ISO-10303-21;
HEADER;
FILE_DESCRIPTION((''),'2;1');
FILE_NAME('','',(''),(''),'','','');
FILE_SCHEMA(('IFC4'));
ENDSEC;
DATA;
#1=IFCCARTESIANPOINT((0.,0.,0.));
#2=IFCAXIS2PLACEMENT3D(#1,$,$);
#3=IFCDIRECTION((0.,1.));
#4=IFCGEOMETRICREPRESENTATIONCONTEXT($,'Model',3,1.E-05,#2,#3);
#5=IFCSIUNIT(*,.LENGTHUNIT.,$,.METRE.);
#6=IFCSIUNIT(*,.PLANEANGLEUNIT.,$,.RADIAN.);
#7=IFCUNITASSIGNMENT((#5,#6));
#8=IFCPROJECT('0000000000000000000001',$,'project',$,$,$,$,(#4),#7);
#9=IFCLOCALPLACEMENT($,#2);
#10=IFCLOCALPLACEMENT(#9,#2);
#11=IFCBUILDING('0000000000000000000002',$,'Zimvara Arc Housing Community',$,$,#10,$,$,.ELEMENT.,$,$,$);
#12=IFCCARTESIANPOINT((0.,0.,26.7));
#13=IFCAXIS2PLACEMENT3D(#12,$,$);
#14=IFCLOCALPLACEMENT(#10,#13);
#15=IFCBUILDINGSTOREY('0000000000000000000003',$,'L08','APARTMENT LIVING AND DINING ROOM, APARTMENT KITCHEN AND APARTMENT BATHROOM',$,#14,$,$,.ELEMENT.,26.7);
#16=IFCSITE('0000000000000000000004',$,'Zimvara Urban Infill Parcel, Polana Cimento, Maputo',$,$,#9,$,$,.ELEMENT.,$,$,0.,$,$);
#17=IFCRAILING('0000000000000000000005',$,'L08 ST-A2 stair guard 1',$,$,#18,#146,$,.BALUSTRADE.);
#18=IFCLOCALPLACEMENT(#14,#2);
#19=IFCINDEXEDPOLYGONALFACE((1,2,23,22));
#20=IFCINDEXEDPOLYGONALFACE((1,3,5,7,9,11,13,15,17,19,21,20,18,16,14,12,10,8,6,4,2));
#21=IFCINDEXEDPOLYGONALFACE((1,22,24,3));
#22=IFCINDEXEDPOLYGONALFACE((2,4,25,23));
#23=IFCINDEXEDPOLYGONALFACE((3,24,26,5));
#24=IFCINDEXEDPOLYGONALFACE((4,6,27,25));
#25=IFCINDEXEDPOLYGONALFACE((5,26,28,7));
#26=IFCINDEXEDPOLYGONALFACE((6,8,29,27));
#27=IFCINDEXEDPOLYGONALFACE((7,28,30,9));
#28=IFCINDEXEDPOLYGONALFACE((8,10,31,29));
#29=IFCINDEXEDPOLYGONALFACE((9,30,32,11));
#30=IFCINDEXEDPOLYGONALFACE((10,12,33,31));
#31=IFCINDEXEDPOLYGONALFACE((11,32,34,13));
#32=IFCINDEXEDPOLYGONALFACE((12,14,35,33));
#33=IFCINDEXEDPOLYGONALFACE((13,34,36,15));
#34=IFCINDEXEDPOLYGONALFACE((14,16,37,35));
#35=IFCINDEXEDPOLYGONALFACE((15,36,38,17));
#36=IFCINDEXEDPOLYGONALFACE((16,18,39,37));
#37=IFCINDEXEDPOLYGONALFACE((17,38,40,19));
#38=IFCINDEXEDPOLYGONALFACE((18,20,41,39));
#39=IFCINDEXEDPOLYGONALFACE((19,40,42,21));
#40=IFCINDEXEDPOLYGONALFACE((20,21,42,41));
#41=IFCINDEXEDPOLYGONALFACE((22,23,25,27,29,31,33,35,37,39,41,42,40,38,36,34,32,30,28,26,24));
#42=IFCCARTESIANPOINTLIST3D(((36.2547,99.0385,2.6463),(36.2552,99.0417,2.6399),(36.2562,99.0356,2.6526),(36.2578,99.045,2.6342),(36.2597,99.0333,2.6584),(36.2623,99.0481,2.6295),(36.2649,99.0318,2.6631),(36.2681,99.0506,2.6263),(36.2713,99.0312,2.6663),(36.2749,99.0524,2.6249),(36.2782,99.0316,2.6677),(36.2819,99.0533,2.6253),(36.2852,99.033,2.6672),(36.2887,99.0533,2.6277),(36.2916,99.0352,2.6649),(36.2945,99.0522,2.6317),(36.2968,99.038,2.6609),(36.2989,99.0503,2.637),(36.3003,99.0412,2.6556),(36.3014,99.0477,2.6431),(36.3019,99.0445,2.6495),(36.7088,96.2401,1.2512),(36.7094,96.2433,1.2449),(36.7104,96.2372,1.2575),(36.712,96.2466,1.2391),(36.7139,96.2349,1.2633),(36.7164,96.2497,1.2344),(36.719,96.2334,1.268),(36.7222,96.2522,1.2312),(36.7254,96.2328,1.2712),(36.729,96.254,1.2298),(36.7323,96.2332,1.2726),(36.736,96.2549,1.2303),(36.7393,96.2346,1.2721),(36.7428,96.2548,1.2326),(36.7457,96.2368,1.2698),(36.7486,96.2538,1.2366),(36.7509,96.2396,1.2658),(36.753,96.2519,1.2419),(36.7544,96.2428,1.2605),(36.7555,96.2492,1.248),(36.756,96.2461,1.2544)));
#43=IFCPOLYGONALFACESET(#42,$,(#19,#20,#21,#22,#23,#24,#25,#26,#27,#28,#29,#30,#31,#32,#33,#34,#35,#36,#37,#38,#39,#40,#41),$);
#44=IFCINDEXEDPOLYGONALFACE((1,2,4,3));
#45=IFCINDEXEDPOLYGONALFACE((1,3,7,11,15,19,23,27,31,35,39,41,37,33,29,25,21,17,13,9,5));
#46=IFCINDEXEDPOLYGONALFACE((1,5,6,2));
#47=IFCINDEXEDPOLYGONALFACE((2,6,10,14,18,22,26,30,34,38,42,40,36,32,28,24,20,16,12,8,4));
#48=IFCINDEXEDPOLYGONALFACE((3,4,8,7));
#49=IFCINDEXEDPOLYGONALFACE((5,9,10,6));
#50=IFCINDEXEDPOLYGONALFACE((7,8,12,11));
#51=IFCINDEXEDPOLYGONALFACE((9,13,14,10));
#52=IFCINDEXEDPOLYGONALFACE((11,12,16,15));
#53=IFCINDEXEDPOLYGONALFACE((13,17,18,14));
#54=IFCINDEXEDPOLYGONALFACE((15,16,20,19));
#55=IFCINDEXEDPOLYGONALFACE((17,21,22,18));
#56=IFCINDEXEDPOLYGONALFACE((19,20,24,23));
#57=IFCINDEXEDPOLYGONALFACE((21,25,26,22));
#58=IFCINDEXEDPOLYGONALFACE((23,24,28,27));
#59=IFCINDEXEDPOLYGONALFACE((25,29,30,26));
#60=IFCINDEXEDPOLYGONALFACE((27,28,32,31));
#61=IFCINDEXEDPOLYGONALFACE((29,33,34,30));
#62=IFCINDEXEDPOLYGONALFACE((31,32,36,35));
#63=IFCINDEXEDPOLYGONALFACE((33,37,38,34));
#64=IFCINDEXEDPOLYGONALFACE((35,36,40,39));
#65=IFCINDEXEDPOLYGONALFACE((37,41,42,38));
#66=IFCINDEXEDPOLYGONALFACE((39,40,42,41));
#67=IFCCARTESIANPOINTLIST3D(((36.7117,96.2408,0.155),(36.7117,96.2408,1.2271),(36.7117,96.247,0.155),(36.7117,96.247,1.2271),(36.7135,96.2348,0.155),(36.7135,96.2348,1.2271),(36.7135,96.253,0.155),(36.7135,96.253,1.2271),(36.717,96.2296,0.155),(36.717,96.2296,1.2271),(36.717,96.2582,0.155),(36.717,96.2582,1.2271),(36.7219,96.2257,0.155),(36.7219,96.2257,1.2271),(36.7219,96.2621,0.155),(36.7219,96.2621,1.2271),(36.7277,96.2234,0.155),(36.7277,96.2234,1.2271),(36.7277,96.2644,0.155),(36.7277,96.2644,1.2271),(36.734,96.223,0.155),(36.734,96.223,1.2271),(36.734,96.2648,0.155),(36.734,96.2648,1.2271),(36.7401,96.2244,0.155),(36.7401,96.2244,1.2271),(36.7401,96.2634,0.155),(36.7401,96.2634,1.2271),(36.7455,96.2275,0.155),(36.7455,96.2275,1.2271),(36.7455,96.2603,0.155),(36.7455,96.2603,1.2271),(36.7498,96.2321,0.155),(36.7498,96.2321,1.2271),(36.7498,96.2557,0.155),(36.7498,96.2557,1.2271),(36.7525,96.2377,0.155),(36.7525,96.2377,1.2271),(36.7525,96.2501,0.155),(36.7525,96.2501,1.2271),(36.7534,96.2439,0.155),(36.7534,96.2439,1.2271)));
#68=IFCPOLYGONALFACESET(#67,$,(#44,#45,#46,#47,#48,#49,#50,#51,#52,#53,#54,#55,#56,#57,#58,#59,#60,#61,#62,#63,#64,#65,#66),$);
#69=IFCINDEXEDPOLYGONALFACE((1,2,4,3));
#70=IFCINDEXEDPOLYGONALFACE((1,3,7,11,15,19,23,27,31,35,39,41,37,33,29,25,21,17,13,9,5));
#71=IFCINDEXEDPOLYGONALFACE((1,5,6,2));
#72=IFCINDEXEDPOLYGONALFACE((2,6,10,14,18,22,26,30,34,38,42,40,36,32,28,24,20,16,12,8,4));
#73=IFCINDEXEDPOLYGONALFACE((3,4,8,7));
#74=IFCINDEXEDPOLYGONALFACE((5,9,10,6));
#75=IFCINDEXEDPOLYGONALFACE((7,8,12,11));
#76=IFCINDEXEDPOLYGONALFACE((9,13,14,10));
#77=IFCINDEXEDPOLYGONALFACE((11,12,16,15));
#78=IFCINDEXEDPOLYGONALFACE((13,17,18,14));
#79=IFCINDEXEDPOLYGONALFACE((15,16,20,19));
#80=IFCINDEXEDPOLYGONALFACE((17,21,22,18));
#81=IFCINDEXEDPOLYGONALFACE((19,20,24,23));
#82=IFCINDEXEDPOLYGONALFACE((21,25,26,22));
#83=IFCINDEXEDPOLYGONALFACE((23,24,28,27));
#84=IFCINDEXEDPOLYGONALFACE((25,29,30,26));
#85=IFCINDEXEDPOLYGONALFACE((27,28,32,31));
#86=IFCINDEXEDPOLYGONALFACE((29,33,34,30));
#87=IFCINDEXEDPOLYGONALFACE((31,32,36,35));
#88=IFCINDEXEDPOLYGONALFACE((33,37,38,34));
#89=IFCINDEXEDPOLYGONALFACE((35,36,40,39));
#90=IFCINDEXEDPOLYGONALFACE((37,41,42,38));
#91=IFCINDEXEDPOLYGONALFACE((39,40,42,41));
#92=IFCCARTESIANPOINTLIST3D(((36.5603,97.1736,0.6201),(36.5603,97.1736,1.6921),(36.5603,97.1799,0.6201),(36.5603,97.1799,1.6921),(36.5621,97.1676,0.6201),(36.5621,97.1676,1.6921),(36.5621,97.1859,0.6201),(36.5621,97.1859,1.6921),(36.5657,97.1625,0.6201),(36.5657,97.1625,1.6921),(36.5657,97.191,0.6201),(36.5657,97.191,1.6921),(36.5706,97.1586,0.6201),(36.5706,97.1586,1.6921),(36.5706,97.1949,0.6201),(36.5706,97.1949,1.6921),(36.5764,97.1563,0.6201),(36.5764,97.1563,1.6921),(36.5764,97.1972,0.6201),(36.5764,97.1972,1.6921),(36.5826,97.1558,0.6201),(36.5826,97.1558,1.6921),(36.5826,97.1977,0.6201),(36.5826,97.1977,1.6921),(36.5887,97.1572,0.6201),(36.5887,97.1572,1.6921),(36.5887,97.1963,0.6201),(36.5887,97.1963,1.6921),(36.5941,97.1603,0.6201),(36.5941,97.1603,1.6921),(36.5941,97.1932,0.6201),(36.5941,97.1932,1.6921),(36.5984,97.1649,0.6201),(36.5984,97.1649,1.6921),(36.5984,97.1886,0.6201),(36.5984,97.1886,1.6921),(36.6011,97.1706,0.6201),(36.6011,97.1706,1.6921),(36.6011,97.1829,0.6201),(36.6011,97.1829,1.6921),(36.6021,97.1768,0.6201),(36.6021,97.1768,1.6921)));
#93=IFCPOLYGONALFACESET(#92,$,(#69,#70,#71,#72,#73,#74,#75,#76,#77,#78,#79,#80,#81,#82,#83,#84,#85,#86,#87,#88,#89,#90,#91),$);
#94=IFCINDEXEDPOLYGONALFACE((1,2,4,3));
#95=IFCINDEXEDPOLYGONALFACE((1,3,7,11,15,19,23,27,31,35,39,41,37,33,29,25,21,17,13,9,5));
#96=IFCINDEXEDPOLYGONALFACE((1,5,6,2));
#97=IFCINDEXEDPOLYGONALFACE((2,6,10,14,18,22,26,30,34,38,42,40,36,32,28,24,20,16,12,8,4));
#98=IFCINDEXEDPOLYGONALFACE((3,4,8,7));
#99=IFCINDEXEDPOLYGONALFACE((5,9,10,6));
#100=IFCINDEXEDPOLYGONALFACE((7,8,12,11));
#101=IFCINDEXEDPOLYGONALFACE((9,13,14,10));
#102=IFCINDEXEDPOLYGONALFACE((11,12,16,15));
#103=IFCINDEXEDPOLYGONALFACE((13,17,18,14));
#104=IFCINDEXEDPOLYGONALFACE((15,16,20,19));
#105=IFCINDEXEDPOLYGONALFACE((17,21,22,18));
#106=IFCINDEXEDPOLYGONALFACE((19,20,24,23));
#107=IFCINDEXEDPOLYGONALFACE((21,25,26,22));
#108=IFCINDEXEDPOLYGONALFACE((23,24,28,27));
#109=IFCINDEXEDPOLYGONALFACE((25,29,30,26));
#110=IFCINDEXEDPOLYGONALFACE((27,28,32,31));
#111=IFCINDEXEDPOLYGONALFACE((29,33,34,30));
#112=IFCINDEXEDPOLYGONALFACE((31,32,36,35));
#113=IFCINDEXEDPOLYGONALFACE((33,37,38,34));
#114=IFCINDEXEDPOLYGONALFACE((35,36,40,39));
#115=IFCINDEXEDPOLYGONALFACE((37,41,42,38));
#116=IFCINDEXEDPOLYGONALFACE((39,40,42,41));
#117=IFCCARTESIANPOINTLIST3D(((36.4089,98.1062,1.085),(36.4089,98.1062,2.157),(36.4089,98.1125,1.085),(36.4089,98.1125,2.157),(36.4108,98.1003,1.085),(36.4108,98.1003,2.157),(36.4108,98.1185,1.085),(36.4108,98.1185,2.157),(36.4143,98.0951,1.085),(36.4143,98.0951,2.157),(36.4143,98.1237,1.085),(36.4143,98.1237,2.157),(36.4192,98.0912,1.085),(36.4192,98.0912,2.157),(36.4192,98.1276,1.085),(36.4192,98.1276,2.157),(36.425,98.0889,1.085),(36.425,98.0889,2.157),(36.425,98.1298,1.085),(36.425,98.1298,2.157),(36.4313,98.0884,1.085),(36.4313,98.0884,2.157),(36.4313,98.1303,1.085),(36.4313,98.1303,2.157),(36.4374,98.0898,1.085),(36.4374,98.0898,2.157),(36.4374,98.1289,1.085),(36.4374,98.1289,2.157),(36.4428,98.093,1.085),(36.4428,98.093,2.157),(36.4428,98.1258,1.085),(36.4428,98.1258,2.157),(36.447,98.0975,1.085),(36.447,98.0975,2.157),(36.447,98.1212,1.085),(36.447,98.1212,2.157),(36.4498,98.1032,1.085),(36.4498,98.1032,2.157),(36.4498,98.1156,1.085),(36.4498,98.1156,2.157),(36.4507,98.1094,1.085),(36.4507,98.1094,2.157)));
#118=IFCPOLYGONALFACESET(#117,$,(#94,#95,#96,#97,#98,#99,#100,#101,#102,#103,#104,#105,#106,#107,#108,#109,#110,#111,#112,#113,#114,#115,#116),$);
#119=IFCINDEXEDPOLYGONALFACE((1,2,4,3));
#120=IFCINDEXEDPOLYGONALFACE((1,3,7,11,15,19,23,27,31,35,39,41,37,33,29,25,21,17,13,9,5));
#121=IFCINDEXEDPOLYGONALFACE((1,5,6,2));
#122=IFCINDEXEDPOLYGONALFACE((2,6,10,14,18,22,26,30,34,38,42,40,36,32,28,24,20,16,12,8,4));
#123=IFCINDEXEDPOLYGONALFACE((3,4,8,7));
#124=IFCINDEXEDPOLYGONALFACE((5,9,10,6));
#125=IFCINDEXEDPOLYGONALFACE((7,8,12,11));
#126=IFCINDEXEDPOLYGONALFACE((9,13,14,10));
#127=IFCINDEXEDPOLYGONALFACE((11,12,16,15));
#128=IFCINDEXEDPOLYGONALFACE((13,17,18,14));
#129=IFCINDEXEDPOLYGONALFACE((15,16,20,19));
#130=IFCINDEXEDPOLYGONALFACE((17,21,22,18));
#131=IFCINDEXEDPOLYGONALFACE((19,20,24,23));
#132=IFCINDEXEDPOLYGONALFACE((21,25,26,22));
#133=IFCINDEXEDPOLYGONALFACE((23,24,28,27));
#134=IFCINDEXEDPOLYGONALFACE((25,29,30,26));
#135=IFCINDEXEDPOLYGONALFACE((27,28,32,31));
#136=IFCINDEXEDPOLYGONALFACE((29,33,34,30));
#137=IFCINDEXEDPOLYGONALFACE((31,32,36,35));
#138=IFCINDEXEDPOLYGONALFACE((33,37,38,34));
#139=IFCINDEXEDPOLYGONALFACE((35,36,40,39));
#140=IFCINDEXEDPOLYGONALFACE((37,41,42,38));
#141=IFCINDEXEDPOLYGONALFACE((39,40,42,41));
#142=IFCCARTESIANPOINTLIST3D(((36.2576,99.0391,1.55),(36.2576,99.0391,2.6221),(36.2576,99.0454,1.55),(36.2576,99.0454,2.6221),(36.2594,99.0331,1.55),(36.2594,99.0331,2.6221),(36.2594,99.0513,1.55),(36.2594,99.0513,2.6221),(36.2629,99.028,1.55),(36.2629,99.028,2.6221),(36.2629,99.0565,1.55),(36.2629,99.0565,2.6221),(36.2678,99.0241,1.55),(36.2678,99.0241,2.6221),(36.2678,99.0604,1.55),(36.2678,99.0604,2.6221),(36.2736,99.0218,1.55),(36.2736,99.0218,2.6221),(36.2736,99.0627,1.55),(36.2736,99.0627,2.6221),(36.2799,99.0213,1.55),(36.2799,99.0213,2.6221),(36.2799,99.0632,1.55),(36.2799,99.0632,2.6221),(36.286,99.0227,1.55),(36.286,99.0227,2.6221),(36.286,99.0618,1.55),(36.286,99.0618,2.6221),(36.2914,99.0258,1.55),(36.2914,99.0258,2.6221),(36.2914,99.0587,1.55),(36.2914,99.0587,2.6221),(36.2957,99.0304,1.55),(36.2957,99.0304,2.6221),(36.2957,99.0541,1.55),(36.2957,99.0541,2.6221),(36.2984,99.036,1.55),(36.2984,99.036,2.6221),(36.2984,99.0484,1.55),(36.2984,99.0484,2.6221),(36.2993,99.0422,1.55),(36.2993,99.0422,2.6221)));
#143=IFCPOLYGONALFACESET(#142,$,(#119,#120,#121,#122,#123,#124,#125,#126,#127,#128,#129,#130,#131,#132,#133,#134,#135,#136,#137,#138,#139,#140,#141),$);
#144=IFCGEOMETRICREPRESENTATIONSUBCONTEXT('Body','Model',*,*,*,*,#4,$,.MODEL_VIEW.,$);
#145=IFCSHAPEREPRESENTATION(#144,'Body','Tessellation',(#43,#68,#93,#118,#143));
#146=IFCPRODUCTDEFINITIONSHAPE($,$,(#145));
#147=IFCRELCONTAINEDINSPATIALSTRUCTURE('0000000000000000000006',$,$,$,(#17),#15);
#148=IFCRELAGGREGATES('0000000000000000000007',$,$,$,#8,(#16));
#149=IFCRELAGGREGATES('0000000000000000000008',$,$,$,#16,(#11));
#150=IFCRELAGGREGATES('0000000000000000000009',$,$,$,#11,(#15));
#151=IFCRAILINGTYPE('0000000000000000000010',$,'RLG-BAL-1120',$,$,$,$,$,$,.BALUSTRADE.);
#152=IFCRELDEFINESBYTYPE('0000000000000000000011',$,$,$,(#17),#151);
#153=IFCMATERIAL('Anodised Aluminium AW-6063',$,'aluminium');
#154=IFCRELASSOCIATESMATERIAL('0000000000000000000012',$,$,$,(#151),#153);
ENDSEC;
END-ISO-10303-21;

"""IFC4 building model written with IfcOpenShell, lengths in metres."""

from ifc_helpers import new_model, si_unit, direction, frame, origin, origin_2d, place, context, subcontext, project, spatial, circle, extrude, material, type_object, element, save


model = new_model("IFC4")

# Units and contexts
model_context = context("Model", 3, precision=1e-05, world=origin(), true_north=direction((0.0, 1.0)))
body_context = subcontext(model_context, "Body", "Model", "MODEL_VIEW")
ifc_project = project(units=[si_unit("LENGTHUNIT", "METRE"), si_unit("PLANEANGLEUNIT", "RADIAN")], contexts=[model_context])

# Site, building, storey
site_placement = place(None, origin())
site = spatial("IfcSite", under=ifc_project, at=site_placement, Name="Zimvara Urban Infill Parcel, Polana Cimento, Maputo", CompositionType="ELEMENT", RefElevation=0.0)
building_placement = place(site_placement, origin())
building = spatial("IfcBuilding", under=site, at=building_placement, Name="Zimvara Arc Housing Community", CompositionType="ELEMENT")
storey_placement = place(building_placement, frame((0.0, 0.0, 26.7)))
storey = spatial("IfcBuildingStorey", under=building, at=storey_placement, Name="L08", Description="APARTMENT LIVING AND DINING ROOM, APARTMENT KITCHEN AND APARTMENT BATHROOM", CompositionType="ELEMENT", Elevation=26.7)

# Railing
ifc_material_1 = material(Name="Anodised Aluminium AW-6063", Category="aluminium")
railing_type_1 = type_object("IfcRailingType", Name="RLG-BAL-1120", PredefinedType="BALUSTRADE", material=ifc_material_1)
railing_1_placement = place(storey_placement, frame((36.7324, 96.2439, 0.155)))
element("IfcRailing", 1, at=railing_1_placement, inside=storey, type_object=railing_type_1, Name="L08 ST-A2 stair guard 1", PredefinedType="BALUSTRADE", context=body_context, shape_type="SweptSolid", body=[
    extrude(circle(Radius=0.0239, at=origin_2d()), frame((0.0, 0.0, 1.0962), z_axis=(-0.143722, 0.885666, 0.44152), x_axis=(-0.987088, -0.16018, 0.0)), (0.0, 0.0, 1.0), 3.1597),
    extrude(circle(Radius=0.021, at=origin_2d()), origin(), (0.0, 0.0, 1.0), 1.072),
    extrude(circle(Radius=0.021, at=origin_2d()), frame((-0.1514, 0.9329, 0.4651)), (0.0, 0.0, 1.0), 1.072),
    extrude(circle(Radius=0.021, at=origin_2d()), frame((-0.3027, 1.8655, 0.9299)), (0.0, 0.0, 1.0), 1.072),
    extrude(circle(Radius=0.021, at=origin_2d()), frame((-0.4541, 2.7983, 1.395)), (0.0, 0.0, 1.0), 1.072),
])

save(model, "model.ifc")
